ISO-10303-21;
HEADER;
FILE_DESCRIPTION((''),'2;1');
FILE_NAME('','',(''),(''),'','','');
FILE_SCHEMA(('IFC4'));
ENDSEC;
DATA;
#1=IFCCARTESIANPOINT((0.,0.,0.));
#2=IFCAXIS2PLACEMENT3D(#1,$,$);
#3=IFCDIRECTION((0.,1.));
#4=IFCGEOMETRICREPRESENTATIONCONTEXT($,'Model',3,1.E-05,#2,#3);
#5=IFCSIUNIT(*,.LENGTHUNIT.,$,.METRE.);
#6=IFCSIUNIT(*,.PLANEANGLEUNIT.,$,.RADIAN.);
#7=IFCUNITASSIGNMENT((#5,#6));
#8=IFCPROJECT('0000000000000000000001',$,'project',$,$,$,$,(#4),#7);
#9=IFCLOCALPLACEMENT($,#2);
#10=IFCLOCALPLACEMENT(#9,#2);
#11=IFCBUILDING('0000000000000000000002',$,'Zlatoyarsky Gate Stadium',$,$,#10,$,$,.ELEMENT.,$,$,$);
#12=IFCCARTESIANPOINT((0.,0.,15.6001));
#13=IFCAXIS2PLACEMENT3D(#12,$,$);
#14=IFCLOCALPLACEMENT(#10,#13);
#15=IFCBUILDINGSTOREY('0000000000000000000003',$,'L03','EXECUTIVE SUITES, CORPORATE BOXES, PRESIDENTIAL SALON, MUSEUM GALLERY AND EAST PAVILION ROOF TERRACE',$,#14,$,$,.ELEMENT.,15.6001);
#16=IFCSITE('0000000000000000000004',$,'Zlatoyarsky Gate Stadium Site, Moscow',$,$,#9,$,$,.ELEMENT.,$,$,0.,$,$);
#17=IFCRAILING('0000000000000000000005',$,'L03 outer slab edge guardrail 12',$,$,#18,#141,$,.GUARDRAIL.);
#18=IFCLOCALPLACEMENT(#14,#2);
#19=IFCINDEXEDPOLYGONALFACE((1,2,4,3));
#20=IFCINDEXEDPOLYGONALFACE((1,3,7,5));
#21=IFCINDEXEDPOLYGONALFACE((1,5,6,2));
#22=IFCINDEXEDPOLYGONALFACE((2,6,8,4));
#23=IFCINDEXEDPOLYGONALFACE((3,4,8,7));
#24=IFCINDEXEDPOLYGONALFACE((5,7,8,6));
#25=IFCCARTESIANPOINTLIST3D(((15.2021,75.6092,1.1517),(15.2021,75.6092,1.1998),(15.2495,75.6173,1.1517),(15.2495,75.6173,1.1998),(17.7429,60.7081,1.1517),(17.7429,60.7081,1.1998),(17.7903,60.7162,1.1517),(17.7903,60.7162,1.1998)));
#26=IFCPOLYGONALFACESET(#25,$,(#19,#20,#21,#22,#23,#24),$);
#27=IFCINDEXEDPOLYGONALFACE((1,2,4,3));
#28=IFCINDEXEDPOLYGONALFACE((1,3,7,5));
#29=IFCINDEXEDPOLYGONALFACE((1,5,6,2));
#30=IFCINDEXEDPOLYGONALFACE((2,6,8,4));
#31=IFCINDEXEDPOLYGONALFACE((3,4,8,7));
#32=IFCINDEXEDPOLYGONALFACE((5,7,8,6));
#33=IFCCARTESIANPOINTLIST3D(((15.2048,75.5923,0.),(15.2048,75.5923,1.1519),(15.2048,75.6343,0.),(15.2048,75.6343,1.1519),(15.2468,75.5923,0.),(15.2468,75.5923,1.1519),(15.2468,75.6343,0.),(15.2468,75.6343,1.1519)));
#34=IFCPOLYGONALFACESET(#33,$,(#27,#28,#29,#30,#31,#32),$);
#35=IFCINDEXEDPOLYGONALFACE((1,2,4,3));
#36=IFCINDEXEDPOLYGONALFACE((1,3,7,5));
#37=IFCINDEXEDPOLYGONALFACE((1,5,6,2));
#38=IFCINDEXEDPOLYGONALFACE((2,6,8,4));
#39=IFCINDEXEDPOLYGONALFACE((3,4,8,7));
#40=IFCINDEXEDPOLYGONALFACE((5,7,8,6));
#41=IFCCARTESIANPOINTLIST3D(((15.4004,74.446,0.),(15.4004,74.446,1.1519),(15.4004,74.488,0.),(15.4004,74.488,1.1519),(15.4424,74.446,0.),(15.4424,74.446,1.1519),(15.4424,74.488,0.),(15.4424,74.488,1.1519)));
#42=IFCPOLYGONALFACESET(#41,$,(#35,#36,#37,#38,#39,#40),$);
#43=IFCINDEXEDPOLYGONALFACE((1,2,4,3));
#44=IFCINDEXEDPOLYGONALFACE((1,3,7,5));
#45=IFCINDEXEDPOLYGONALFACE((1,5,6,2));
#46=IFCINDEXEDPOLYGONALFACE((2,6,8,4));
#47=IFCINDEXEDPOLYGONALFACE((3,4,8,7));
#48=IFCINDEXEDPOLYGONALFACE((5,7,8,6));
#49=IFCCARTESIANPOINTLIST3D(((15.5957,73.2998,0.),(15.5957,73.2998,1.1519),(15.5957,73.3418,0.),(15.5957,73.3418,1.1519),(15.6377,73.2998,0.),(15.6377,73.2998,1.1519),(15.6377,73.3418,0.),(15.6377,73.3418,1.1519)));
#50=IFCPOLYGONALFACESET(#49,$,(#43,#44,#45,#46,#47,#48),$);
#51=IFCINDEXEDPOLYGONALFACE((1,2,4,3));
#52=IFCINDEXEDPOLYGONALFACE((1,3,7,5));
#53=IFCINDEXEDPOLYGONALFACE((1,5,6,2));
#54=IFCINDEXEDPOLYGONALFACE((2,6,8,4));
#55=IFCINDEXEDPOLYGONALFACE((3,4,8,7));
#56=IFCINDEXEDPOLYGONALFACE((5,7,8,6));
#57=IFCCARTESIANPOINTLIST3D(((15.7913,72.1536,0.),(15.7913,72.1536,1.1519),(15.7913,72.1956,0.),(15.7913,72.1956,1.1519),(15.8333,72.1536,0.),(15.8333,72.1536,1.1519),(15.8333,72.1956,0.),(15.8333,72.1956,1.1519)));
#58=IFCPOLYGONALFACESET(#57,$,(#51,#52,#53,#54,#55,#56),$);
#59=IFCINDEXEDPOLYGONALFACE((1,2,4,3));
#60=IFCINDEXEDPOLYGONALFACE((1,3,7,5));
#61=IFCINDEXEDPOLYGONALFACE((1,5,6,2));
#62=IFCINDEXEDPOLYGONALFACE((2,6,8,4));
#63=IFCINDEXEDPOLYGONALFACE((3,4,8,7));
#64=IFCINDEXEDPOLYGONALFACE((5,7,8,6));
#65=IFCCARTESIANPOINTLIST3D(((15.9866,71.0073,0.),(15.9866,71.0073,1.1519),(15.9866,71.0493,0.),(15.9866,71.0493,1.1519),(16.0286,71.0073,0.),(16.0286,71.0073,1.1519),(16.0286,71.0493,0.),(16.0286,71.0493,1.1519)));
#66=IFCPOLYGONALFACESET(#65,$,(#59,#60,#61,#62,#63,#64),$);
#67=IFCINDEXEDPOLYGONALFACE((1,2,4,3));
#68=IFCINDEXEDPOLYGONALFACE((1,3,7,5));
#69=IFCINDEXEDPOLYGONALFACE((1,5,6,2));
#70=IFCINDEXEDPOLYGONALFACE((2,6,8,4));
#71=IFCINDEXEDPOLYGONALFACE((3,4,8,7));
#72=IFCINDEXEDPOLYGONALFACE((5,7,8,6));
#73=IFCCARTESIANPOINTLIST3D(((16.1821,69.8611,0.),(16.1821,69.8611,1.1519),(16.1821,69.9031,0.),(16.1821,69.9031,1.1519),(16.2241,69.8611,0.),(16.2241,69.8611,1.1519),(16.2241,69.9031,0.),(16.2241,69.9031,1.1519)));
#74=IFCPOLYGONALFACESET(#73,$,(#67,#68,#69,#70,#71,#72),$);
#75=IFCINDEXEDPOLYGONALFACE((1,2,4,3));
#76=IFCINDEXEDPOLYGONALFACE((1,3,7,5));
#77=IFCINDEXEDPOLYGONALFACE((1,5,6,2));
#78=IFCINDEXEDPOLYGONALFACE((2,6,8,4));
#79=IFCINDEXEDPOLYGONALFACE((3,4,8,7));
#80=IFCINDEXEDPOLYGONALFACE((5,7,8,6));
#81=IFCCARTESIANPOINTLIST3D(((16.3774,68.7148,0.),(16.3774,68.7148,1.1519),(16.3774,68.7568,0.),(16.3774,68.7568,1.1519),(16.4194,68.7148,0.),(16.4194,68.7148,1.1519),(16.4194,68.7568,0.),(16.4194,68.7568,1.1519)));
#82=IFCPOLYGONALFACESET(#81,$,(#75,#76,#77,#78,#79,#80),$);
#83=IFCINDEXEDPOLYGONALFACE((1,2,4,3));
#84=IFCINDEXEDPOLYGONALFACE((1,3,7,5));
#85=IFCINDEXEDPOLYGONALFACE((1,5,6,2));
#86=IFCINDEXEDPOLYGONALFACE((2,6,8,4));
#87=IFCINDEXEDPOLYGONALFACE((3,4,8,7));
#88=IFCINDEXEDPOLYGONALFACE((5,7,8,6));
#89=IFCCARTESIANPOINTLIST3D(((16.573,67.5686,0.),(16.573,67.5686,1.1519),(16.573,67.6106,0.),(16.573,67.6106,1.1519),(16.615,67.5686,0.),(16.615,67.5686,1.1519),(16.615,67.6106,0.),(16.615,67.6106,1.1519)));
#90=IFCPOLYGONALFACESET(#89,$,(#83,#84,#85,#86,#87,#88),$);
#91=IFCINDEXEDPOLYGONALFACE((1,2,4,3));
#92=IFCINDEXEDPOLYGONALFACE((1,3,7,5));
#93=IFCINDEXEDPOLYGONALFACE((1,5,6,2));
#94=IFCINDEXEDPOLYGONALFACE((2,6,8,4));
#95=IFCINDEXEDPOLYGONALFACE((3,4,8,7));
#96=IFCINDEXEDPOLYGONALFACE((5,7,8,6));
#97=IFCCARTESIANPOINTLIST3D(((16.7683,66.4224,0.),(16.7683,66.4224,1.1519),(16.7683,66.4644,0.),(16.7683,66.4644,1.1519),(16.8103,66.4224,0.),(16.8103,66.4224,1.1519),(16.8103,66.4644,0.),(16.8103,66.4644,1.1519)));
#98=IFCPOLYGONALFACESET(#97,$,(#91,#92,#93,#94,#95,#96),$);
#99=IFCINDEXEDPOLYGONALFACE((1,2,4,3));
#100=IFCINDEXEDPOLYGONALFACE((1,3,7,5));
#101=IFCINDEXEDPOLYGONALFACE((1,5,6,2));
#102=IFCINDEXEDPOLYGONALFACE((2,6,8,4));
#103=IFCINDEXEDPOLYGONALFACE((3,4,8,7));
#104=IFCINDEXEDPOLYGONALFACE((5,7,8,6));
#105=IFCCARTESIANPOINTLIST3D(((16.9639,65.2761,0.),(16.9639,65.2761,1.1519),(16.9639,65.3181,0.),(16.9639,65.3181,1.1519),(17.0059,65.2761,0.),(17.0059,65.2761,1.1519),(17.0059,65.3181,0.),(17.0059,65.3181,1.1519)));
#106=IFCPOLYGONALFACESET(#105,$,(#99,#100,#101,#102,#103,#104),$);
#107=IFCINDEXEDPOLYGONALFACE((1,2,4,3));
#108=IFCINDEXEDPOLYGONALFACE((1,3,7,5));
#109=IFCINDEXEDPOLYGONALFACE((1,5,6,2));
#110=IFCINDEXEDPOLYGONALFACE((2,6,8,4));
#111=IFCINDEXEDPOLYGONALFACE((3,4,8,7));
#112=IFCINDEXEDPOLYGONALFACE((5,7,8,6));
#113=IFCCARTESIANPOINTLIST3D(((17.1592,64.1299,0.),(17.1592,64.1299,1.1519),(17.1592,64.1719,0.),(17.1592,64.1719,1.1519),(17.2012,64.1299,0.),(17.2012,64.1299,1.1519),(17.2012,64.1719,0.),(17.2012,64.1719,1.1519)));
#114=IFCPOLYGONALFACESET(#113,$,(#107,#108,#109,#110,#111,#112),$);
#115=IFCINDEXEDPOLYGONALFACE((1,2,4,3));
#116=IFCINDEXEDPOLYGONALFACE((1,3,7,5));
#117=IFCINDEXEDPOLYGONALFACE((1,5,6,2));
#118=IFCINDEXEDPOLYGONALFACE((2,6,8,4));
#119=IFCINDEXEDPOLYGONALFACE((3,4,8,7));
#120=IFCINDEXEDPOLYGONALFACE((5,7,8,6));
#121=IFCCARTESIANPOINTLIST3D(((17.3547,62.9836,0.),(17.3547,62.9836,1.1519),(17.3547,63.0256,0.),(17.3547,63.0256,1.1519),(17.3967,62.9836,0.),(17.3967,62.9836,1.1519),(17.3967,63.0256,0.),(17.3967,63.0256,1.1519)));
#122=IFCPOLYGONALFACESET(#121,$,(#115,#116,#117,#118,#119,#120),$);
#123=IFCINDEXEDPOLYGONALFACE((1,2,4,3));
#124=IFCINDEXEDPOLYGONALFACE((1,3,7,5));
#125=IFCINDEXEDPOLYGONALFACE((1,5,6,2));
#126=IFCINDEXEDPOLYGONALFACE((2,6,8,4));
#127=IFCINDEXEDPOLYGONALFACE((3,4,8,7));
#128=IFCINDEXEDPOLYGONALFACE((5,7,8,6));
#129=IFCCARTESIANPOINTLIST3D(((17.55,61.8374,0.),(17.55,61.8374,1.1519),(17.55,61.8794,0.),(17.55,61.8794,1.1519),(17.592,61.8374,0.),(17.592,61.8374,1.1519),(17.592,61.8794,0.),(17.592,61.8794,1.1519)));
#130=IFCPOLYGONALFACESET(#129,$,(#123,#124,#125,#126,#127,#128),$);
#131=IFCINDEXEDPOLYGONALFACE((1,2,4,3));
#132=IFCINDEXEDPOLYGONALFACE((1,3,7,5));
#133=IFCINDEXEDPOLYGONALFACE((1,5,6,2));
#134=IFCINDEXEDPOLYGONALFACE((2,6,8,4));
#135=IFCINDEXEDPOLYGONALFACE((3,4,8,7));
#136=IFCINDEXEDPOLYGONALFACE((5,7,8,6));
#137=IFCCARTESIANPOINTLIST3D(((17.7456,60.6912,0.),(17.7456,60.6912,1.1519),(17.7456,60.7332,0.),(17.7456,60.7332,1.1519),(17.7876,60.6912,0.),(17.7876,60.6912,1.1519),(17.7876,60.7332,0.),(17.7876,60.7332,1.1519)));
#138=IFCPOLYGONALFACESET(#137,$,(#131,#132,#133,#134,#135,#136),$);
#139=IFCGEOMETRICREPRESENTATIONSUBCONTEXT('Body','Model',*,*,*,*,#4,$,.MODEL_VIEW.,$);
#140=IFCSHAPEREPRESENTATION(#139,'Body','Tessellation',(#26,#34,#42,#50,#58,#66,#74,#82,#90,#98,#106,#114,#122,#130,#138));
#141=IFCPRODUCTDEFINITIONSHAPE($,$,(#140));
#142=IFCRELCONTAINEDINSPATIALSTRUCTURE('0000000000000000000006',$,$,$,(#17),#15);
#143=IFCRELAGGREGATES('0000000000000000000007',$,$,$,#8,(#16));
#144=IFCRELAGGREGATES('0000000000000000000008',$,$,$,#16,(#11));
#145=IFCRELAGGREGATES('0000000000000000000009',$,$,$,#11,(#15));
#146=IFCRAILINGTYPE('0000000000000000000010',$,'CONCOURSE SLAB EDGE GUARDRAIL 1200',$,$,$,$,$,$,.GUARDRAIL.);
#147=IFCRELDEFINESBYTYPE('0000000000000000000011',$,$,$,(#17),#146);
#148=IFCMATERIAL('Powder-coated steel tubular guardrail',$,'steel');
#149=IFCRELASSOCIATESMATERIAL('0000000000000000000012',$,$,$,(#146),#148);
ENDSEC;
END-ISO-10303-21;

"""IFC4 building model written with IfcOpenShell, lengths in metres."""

from ifc_helpers import new_model, si_unit, direction, frame, origin, origin_2d, place, context, subcontext, project, spatial, rectangle, extrude, material, type_object, element, save


model = new_model("IFC4")

# Units and contexts
model_context = context("Model", 3, precision=1e-05, world=origin(), true_north=direction((0.0, 1.0)))
body_context = subcontext(model_context, "Body", "Model", "MODEL_VIEW")
ifc_project = project(units=[si_unit("LENGTHUNIT", "METRE"), si_unit("PLANEANGLEUNIT", "RADIAN")], contexts=[model_context])

# Site, building, storey
site_placement = place(None, origin())
site = spatial("IfcSite", under=ifc_project, at=site_placement, Name="Zlatoyarsky Gate Stadium Site, Moscow", CompositionType="ELEMENT", RefElevation=0.0)
building_placement = place(site_placement, origin())
building = spatial("IfcBuilding", under=site, at=building_placement, Name="Zlatoyarsky Gate Stadium", CompositionType="ELEMENT")
storey_placement = place(building_placement, frame((0.0, 0.0, 15.6001)))
storey = spatial("IfcBuildingStorey", under=building, at=storey_placement, Name="L03", Description="EXECUTIVE SUITES, CORPORATE BOXES, PRESIDENTIAL SALON, MUSEUM GALLERY AND EAST PAVILION ROOF TERRACE", CompositionType="ELEMENT", Elevation=15.6001)

# Railing
ifc_material_1 = material(Name="Powder-coated steel tubular guardrail", Category="steel")
railing_type = type_object("IfcRailingType", Name="CONCOURSE SLAB EDGE GUARDRAIL 1200", PredefinedType="GUARDRAIL", material=ifc_material_1)
railing_placement = place(storey_placement, frame((15.2258, 75.6133, 0.0)))
element("IfcRailing", 1, at=railing_placement, inside=storey, type_object=railing_type, Name="L03 outer slab edge guardrail 12", PredefinedType="GUARDRAIL", context=body_context, shape_type="SweptSolid", body=[
    extrude(rectangle(XDim=0.0481, YDim=0.0481, at=origin_2d()), frame((0.0, 0.0, 1.1758), z_axis=(0.168083, -0.985773, 0.0), x_axis=(0.985773, 0.168083, 0.0)), (0.0, 0.0, 1.0), 15.1162),
    extrude(rectangle(XDim=0.042, YDim=0.042, at=origin_2d()), origin(), (0.0, 0.0, 1.0), 1.1519),
    extrude(rectangle(XDim=0.042, YDim=0.042, at=origin_2d()), frame((0.1956, -1.1462, 0.0)), (0.0, 0.0, 1.0), 1.1519),
    extrude(rectangle(XDim=0.042, YDim=0.042, at=origin_2d()), frame((0.3909, -2.2925, 0.0)), (0.0, 0.0, 1.0), 1.1519),
    extrude(rectangle(XDim=0.042, YDim=0.042, at=origin_2d()), frame((0.5864, -3.4387, 0.0)), (0.0, 0.0, 1.0), 1.1519),
    extrude(rectangle(XDim=0.042, YDim=0.042, at=origin_2d()), frame((0.7817, -4.585, 0.0)), (0.0, 0.0, 1.0), 1.1519),
    extrude(rectangle(XDim=0.042, YDim=0.042, at=origin_2d()), frame((0.9773, -5.7312, 0.0)), (0.0, 0.0, 1.0), 1.1519),
    extrude(rectangle(XDim=0.042, YDim=0.042, at=origin_2d()), frame((1.1726, -6.8774, 0.0)), (0.0, 0.0, 1.0), 1.1519),
    extrude(rectangle(XDim=0.042, YDim=0.042, at=origin_2d()), frame((1.3682, -8.0237, 0.0)), (0.0, 0.0, 1.0), 1.1519),
    extrude(rectangle(XDim=0.042, YDim=0.042, at=origin_2d()), frame((1.5635, -9.1699, 0.0)), (0.0, 0.0, 1.0), 1.1519),
    extrude(rectangle(XDim=0.042, YDim=0.042, at=origin_2d()), frame((1.759, -10.3162, 0.0)), (0.0, 0.0, 1.0), 1.1519),
    extrude(rectangle(XDim=0.042, YDim=0.042, at=origin_2d()), frame((1.9543, -11.4624, 0.0)), (0.0, 0.0, 1.0), 1.1519),
    extrude(rectangle(XDim=0.042, YDim=0.042, at=origin_2d()), frame((2.1499, -12.6086, 0.0)), (0.0, 0.0, 1.0), 1.1519),
    extrude(rectangle(XDim=0.042, YDim=0.042, at=origin_2d()), frame((2.3452, -13.7549, 0.0)), (0.0, 0.0, 1.0), 1.1519),
    extrude(rectangle(XDim=0.042, YDim=0.042, at=origin_2d()), frame((2.5408, -14.9011, 0.0)), (0.0, 0.0, 1.0), 1.1519),
])

save(model, "model.ifc")
